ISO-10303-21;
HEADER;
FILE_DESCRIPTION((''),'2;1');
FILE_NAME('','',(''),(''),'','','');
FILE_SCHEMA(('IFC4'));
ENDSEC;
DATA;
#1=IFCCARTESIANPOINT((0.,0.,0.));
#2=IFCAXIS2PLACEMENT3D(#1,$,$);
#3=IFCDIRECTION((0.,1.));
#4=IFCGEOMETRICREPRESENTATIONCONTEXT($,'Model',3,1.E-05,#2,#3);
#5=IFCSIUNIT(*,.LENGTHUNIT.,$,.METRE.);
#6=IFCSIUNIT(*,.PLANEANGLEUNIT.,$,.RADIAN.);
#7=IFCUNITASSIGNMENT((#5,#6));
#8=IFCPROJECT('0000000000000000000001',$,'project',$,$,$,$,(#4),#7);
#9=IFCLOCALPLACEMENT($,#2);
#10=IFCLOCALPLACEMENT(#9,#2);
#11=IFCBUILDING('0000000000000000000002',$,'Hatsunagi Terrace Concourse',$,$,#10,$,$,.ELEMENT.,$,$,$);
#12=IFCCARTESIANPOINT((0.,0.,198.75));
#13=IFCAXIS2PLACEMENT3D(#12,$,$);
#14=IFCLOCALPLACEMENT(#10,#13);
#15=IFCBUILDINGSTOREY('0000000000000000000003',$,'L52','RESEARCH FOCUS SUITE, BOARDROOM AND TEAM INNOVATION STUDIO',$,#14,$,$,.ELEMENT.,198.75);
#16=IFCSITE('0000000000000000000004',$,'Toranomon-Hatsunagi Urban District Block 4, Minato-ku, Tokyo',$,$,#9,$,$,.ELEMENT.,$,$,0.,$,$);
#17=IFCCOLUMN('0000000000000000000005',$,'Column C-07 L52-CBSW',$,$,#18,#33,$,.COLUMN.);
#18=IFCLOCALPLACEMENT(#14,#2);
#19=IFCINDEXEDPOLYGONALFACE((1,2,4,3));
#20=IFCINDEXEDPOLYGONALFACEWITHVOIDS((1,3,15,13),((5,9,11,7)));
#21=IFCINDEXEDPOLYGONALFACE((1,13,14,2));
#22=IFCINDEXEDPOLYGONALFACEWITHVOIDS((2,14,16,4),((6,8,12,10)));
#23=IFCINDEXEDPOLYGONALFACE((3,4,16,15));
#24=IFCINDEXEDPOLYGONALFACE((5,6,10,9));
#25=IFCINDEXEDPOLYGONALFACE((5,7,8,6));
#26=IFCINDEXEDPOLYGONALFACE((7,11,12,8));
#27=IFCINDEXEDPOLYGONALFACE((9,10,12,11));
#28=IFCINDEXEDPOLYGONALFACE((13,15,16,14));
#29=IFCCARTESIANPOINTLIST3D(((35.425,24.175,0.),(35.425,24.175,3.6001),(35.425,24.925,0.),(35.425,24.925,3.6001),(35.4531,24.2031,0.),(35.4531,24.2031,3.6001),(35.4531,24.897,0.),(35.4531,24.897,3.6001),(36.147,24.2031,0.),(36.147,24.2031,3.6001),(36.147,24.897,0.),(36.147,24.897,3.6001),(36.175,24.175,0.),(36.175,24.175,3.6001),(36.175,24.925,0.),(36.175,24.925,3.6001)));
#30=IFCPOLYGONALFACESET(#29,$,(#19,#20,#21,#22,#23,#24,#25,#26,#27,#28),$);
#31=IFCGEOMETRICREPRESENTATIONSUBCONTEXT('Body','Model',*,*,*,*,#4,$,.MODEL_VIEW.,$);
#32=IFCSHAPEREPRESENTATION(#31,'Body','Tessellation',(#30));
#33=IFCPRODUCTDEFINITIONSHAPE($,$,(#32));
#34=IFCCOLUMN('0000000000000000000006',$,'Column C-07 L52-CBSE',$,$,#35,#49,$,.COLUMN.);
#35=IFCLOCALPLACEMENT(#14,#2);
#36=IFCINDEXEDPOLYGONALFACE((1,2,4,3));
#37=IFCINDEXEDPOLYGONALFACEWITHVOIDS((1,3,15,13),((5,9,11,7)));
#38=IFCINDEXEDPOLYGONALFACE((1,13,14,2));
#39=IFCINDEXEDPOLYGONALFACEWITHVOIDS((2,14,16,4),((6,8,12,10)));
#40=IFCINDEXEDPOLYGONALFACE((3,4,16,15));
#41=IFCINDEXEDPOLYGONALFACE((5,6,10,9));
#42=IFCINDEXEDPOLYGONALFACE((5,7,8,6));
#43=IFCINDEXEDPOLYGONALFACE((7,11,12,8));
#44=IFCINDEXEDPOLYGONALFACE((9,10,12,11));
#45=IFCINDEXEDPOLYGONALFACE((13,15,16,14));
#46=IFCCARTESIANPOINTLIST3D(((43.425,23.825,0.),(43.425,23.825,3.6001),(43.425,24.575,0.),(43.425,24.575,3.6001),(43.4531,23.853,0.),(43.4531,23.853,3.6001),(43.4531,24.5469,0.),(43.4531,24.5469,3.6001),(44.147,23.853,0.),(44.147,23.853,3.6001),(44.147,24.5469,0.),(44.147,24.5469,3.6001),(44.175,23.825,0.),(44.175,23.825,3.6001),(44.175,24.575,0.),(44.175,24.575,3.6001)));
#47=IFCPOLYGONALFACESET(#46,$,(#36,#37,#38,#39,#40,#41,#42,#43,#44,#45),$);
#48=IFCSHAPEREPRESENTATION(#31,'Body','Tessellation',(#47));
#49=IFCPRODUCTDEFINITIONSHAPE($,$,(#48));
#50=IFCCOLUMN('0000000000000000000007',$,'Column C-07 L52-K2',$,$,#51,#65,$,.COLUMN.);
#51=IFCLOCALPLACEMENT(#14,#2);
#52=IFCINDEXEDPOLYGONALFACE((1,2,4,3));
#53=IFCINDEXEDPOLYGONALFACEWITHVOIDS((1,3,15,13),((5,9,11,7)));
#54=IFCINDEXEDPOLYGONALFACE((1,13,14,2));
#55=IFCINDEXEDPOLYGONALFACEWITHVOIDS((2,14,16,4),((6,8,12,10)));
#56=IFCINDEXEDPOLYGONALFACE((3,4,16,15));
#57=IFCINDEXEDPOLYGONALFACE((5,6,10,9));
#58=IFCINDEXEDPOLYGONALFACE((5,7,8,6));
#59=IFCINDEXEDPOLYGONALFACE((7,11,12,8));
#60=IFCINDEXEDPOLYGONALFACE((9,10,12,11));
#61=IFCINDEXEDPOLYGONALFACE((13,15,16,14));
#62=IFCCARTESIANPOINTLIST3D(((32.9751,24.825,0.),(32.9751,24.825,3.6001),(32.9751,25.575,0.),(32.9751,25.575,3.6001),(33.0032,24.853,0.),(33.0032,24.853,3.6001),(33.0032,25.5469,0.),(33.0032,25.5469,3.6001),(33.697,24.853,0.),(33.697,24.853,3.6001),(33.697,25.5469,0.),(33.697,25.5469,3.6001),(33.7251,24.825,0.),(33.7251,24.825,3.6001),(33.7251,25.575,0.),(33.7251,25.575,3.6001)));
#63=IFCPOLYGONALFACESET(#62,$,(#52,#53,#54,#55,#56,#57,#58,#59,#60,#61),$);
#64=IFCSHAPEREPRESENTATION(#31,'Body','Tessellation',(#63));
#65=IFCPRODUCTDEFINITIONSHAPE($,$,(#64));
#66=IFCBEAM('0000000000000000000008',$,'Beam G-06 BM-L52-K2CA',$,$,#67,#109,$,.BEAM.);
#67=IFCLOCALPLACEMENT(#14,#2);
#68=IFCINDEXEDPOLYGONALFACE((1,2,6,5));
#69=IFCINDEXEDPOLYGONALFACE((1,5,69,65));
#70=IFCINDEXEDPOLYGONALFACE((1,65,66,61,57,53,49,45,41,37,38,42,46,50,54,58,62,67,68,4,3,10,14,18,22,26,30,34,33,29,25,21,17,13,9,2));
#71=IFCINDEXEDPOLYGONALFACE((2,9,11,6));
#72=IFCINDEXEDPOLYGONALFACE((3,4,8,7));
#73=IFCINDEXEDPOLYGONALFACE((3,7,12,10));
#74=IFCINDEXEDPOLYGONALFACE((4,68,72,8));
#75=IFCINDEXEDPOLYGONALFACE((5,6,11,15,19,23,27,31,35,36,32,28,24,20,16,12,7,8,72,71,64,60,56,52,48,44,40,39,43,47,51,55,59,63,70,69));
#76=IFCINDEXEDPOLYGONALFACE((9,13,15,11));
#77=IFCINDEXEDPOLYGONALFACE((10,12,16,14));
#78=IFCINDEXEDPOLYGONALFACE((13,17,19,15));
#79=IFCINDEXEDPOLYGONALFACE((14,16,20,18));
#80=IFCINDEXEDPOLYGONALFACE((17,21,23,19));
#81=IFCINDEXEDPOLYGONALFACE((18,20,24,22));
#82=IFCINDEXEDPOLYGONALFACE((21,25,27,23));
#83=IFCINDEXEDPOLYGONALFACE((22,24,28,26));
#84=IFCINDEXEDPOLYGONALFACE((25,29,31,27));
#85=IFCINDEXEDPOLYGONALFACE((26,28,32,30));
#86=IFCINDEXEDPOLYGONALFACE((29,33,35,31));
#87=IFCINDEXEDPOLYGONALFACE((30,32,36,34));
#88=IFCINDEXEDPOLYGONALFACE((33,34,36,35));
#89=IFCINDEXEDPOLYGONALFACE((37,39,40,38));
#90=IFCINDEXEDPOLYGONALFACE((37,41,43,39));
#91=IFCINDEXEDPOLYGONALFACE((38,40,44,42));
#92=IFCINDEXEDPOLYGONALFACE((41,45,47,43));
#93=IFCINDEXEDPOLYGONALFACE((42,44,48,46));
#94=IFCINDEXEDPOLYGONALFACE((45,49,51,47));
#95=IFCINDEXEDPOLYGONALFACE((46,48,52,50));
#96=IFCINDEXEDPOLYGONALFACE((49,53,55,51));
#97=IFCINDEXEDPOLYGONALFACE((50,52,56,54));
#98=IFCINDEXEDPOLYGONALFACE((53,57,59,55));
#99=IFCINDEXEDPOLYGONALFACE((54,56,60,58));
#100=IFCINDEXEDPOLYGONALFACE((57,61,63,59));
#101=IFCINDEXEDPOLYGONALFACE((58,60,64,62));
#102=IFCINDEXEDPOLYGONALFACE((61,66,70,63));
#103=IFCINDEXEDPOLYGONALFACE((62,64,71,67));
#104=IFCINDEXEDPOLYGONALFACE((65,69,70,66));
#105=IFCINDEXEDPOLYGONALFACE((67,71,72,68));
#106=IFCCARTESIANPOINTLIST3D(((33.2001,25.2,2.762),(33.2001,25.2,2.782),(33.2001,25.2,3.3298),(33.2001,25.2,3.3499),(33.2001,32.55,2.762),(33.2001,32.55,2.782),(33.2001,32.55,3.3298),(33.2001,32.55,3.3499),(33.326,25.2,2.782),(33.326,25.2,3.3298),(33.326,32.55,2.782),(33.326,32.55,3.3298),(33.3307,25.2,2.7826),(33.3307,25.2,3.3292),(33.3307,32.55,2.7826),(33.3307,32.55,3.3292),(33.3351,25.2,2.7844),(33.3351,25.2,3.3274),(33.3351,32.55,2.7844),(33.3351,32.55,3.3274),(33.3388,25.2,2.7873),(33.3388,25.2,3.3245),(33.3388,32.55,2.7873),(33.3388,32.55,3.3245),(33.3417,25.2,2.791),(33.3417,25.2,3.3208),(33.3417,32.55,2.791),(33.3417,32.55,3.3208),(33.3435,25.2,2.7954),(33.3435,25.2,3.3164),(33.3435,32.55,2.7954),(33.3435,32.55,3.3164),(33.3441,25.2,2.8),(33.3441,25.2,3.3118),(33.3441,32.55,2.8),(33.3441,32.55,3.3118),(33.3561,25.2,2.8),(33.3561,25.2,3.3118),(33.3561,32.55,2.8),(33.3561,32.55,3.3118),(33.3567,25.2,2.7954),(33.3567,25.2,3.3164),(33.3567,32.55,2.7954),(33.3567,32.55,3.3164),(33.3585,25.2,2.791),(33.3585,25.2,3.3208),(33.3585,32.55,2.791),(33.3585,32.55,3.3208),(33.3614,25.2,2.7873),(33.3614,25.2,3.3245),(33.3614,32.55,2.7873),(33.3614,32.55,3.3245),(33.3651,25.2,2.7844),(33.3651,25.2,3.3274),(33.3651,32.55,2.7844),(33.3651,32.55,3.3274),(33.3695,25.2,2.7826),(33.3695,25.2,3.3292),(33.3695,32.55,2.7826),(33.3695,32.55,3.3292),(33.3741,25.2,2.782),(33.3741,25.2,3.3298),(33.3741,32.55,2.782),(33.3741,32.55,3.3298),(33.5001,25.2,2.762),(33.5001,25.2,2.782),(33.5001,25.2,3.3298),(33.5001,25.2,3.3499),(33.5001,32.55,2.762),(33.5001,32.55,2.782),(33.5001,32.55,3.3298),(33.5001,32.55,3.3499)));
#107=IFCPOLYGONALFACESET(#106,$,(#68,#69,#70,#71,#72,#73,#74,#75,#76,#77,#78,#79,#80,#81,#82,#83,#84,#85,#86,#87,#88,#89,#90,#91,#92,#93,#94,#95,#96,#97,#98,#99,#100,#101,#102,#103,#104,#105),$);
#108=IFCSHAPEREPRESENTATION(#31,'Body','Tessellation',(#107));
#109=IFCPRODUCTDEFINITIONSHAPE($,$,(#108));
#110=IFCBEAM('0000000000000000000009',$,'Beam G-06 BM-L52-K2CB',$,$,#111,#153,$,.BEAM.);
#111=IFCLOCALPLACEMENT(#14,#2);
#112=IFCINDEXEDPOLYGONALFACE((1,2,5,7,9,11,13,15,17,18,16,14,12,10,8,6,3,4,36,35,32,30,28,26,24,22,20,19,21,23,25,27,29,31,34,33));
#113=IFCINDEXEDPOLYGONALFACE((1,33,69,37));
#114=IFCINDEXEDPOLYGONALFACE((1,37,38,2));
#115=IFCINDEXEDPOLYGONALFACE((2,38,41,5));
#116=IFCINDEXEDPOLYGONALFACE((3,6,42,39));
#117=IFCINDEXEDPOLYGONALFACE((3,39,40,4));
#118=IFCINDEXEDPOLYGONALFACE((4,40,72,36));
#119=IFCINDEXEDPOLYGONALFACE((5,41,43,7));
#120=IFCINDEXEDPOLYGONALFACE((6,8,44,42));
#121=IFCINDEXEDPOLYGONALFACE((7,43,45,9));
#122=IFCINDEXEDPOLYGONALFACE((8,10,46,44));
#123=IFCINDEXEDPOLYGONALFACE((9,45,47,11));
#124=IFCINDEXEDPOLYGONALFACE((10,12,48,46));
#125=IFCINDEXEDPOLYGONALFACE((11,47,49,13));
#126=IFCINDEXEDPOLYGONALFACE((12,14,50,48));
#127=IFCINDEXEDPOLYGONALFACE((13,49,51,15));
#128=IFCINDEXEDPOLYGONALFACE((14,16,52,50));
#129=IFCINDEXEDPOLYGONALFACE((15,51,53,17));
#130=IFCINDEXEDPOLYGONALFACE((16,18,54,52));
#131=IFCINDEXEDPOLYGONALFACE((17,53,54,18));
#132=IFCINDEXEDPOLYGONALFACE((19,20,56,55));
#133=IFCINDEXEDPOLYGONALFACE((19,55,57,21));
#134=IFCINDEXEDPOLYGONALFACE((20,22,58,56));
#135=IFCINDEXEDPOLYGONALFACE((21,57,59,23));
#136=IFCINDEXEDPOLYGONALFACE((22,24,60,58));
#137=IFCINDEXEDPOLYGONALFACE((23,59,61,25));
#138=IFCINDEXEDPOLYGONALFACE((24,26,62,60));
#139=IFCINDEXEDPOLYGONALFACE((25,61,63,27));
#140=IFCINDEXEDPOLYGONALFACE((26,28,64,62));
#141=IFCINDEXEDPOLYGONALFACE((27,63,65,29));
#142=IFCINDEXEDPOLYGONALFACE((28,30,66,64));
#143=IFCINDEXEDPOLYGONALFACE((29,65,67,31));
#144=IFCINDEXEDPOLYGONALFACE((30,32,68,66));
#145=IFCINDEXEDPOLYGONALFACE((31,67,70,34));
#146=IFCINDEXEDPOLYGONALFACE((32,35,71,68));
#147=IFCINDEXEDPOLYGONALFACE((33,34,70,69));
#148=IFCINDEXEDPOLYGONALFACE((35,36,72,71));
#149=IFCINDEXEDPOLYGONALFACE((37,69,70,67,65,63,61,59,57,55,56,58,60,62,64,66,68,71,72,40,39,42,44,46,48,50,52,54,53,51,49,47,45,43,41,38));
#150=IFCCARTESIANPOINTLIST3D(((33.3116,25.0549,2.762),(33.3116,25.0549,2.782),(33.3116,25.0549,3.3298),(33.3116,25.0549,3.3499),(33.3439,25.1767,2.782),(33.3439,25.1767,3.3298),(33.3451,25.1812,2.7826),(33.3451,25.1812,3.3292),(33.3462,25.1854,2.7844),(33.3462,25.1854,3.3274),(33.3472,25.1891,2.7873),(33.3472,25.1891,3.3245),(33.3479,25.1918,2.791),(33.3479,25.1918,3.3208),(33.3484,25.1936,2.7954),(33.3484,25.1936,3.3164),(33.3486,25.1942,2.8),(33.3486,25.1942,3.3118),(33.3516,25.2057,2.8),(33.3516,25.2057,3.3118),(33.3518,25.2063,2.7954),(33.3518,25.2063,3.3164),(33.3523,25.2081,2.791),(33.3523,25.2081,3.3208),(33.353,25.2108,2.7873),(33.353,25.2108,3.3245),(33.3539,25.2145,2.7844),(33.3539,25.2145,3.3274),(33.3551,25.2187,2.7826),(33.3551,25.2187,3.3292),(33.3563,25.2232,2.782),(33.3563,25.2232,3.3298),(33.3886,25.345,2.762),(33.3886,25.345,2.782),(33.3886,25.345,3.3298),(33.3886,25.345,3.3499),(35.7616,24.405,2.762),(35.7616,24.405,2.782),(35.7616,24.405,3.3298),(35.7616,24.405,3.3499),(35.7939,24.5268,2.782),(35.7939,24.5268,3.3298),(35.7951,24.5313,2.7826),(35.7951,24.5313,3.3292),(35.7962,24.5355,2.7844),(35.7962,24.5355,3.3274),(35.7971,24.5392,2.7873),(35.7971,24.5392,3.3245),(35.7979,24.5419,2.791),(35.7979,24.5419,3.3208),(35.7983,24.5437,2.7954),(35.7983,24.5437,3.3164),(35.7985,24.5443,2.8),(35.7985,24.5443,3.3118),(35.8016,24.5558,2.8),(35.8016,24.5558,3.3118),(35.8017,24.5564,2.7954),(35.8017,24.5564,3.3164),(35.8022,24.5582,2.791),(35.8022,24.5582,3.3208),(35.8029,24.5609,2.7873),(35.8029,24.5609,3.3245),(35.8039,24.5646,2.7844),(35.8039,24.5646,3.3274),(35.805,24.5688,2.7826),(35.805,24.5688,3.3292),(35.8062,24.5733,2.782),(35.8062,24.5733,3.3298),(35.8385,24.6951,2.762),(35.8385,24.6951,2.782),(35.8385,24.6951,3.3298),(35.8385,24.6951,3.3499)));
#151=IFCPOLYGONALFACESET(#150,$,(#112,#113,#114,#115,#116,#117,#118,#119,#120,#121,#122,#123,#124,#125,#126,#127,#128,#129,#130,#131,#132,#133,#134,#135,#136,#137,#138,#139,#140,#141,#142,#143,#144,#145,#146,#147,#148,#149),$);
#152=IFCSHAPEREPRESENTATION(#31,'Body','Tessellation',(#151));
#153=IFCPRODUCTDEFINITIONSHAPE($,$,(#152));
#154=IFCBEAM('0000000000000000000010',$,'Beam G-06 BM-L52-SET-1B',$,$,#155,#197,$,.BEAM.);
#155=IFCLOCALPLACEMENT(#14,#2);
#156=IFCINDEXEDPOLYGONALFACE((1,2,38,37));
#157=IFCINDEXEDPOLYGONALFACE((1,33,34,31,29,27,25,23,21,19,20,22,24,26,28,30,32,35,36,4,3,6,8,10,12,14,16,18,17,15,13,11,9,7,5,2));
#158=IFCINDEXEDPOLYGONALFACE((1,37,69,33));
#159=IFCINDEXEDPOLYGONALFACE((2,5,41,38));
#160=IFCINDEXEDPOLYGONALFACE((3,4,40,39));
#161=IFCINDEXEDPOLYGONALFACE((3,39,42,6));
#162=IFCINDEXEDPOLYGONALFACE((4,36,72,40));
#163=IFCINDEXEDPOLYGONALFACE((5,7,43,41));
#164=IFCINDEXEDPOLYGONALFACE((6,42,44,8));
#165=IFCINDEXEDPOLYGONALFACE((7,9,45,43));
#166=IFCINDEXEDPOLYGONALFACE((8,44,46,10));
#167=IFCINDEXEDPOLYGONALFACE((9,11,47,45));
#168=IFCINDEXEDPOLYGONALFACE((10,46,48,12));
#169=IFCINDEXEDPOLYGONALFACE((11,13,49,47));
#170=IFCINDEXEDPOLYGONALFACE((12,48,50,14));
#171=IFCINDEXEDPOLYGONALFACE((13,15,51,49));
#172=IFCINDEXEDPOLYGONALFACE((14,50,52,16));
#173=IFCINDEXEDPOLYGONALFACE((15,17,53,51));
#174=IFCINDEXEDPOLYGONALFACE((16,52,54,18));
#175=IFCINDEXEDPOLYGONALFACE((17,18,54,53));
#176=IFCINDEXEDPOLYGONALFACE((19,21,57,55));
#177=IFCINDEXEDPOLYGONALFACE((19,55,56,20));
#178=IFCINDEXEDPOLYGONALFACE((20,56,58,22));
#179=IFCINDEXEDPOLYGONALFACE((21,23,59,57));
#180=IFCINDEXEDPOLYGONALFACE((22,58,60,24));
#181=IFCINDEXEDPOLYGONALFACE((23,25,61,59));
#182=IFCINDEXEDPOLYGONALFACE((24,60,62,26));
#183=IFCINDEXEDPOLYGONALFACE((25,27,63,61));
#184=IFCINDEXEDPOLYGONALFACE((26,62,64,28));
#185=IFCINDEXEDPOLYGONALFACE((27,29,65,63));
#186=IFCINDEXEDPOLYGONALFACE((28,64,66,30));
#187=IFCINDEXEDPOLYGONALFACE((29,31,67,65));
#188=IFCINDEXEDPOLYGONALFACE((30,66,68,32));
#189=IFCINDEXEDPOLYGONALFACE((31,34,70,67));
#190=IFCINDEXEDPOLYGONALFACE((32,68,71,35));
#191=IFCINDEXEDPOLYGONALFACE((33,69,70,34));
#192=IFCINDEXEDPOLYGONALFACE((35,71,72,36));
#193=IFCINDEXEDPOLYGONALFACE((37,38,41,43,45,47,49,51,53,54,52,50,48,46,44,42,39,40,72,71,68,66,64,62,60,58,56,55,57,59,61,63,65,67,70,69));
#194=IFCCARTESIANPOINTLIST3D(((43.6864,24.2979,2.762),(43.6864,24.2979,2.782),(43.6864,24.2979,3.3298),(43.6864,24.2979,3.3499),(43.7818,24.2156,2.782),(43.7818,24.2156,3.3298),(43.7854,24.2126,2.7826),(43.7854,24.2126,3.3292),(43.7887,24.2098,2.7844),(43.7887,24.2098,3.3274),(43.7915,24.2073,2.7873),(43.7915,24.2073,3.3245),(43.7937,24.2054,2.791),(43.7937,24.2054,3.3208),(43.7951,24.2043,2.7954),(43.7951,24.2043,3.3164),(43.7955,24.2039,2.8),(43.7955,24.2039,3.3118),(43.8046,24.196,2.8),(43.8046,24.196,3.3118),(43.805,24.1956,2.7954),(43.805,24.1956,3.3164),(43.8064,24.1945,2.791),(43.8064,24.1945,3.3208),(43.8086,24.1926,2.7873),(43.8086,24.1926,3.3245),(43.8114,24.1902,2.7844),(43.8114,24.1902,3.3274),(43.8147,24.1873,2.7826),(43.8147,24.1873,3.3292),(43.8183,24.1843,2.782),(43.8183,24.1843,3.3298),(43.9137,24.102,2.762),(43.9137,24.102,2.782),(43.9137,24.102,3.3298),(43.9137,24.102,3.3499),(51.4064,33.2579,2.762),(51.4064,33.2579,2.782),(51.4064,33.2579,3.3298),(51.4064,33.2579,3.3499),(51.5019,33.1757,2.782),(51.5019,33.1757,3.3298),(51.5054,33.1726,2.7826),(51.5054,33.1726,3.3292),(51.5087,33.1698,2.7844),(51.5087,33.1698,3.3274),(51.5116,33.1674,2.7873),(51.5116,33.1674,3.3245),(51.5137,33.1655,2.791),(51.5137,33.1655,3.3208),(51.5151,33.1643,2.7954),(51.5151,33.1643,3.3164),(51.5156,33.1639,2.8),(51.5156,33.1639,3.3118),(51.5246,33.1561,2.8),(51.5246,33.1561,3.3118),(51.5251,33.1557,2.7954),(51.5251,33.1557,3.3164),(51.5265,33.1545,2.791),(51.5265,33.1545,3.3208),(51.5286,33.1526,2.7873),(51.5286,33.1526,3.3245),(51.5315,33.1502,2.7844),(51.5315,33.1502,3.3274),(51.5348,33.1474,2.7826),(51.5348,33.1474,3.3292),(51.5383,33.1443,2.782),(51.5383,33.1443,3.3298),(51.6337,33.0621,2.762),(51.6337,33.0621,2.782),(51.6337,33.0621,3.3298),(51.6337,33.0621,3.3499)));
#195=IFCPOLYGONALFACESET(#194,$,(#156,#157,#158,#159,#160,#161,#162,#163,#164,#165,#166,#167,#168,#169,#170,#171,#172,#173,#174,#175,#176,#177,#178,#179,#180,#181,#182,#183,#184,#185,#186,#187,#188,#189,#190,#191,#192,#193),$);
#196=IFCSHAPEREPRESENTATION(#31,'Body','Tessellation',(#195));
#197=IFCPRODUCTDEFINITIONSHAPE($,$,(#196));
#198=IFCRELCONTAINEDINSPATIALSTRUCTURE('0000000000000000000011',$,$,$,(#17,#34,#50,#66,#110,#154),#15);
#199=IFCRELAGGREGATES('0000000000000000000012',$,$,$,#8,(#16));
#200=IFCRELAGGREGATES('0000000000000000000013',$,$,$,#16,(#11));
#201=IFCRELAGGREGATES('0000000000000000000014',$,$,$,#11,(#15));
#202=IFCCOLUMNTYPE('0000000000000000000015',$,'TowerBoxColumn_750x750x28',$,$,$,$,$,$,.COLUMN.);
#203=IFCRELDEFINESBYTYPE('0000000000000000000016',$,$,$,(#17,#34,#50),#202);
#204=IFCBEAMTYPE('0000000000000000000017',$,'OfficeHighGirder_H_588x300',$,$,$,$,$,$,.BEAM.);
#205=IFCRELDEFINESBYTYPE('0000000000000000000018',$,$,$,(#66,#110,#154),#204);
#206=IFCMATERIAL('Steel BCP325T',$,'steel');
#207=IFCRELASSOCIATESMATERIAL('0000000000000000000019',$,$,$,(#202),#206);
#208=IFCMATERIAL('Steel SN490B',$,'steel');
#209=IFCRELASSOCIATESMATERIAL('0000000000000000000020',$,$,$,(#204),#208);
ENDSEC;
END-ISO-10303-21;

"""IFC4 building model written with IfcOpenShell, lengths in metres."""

from ifc_helpers import new_model, si_unit, direction, frame, origin, origin_2d, place, context, subcontext, project, spatial, hollow_rectangle, i_section, extrude, material, material_profile, profile_set, type_object, element, save


model = new_model("IFC4")

# Units and contexts
model_context = context("Model", 3, precision=1e-05, world=origin(), true_north=direction((0.0, 1.0)))
body_context = subcontext(model_context, "Body", "Model", "MODEL_VIEW")
ifc_project = project(units=[si_unit("LENGTHUNIT", "METRE"), si_unit("PLANEANGLEUNIT", "RADIAN")], contexts=[model_context])

# Site, building, storey
site_placement = place(None, origin())
site = spatial("IfcSite", under=ifc_project, at=site_placement, Name="Toranomon-Hatsunagi Urban District Block 4, Minato-ku, Tokyo", CompositionType="ELEMENT", RefElevation=0.0)
building_placement = place(site_placement, origin())
building = spatial("IfcBuilding", under=site, at=building_placement, Name="Hatsunagi Terrace Concourse", CompositionType="ELEMENT")
storey_placement = place(building_placement, frame((0.0, 0.0, 198.75)))
storey = spatial("IfcBuildingStorey", under=building, at=storey_placement, Name="L52", Description="RESEARCH FOCUS SUITE, BOARDROOM AND TEAM INNOVATION STUDIO", CompositionType="ELEMENT", Elevation=198.75)

# Columns
ifc_material_1 = material(Name="Steel BCP325T", Category="steel")
ifc_material_profile_1 = material_profile(ifc_material_1, hollow_rectangle(XDim=0.75, YDim=0.75, WallThickness=0.0281, at=origin_2d()), Name="BCP-750x750x28")
ifc_profile_set_1 = profile_set([ifc_material_profile_1], Name="Steel BCP325T")
column_type = type_object("IfcColumnType", Name="TowerBoxColumn_750x750x28", PredefinedType="COLUMN", material=ifc_profile_set_1)
for number, where, z_axis, x_axis, name in (
    (1, (35.8, 24.55, 0.0), (0.0, 0.0, 1.0), (1.0, 0.0, 0.0), "Column C-07 L52-CBSW"),
    (2, (43.8, 24.2, 0.0), (0.0, 0.0, 1.0), (1.0, 0.0, 0.0), "Column C-07 L52-CBSE"),
    (3, (33.3501, 25.2, 0.0), (0.0, 0.0, 1.0), (1.0, 0.0, 0.0), "Column C-07 L52-K2"),
):
    element("IfcColumn", number, at=place(storey_placement, frame(where, z_axis=z_axis, x_axis=x_axis)), inside=storey, type_object=column_type, Name=name, PredefinedType="COLUMN", context=body_context, shape_type="SweptSolid", body=[
        extrude(hollow_rectangle(XDim=0.75, YDim=0.75, WallThickness=0.0281, at=origin_2d()), origin(), (0.0, 0.0, 1.0), 3.6001),
    ])

# Beams
ifc_material_2 = material(Name="Steel SN490B", Category="steel")
ifc_material_profile_2 = material_profile(ifc_material_2, i_section(OverallWidth=0.3, OverallDepth=0.5879, WebThickness=0.012, FlangeThickness=0.02, FilletRadius=0.0181, at=origin_2d()), Name="H-588x300x12x20")
ifc_profile_set_2 = profile_set([ifc_material_profile_2], Name="Steel SN490B")
beam_type_1 = type_object("IfcBeamType", Name="OfficeHighGirder_H_588x300", PredefinedType="BEAM", material=ifc_profile_set_2)
beam_1_placement = place(storey_placement, frame((33.3501, 25.2, 3.0559), z_axis=(0.0, 1.0, 0.0), x_axis=(-1.0, 0.0, 0.0)))
element("IfcBeam", 4, at=beam_1_placement, inside=storey, type_object=beam_type_1, Name="Beam G-06 BM-L52-K2CA", PredefinedType="BEAM", context=body_context, shape_type="SweptSolid", body=[
    extrude(i_section(OverallWidth=0.3, OverallDepth=0.5879, WebThickness=0.012, FlangeThickness=0.02, FilletRadius=0.0181, at=origin_2d()), origin(), (0.0, 0.0, 1.0), 7.3501),
])
beam_2_placement = place(storey_placement, frame((33.3501, 25.2, 3.0559), z_axis=(0.96657, -0.256403, 0.0), x_axis=(0.256403, 0.96657, 0.0)))
element("IfcBeam", 5, at=beam_2_placement, inside=storey, type_object=beam_type_1, Name="Beam G-06 BM-L52-K2CB", PredefinedType="BEAM", context=body_context, shape_type="SweptSolid", body=[
    extrude(i_section(OverallWidth=0.3, OverallDepth=0.5879, WebThickness=0.012, FlangeThickness=0.02, FilletRadius=0.0181, at=origin_2d()), origin(), (0.0, 0.0, 1.0), 2.5347),
])
beam_3_placement = place(storey_placement, frame((43.8, 24.2, 3.0559), z_axis=(0.652739, 0.757583, 0.0), x_axis=(-0.757583, 0.652739, 0.0)))
element("IfcBeam", 6, at=beam_3_placement, inside=storey, type_object=beam_type_1, Name="Beam G-06 BM-L52-SET-1B", PredefinedType="BEAM", context=body_context, shape_type="SweptSolid", body=[
    extrude(i_section(OverallWidth=0.3, OverallDepth=0.5879, WebThickness=0.012, FlangeThickness=0.02, FilletRadius=0.0181, at=origin_2d()), origin(), (0.0, 0.0, 1.0), 11.8271),
])

save(model, "model.ifc")
